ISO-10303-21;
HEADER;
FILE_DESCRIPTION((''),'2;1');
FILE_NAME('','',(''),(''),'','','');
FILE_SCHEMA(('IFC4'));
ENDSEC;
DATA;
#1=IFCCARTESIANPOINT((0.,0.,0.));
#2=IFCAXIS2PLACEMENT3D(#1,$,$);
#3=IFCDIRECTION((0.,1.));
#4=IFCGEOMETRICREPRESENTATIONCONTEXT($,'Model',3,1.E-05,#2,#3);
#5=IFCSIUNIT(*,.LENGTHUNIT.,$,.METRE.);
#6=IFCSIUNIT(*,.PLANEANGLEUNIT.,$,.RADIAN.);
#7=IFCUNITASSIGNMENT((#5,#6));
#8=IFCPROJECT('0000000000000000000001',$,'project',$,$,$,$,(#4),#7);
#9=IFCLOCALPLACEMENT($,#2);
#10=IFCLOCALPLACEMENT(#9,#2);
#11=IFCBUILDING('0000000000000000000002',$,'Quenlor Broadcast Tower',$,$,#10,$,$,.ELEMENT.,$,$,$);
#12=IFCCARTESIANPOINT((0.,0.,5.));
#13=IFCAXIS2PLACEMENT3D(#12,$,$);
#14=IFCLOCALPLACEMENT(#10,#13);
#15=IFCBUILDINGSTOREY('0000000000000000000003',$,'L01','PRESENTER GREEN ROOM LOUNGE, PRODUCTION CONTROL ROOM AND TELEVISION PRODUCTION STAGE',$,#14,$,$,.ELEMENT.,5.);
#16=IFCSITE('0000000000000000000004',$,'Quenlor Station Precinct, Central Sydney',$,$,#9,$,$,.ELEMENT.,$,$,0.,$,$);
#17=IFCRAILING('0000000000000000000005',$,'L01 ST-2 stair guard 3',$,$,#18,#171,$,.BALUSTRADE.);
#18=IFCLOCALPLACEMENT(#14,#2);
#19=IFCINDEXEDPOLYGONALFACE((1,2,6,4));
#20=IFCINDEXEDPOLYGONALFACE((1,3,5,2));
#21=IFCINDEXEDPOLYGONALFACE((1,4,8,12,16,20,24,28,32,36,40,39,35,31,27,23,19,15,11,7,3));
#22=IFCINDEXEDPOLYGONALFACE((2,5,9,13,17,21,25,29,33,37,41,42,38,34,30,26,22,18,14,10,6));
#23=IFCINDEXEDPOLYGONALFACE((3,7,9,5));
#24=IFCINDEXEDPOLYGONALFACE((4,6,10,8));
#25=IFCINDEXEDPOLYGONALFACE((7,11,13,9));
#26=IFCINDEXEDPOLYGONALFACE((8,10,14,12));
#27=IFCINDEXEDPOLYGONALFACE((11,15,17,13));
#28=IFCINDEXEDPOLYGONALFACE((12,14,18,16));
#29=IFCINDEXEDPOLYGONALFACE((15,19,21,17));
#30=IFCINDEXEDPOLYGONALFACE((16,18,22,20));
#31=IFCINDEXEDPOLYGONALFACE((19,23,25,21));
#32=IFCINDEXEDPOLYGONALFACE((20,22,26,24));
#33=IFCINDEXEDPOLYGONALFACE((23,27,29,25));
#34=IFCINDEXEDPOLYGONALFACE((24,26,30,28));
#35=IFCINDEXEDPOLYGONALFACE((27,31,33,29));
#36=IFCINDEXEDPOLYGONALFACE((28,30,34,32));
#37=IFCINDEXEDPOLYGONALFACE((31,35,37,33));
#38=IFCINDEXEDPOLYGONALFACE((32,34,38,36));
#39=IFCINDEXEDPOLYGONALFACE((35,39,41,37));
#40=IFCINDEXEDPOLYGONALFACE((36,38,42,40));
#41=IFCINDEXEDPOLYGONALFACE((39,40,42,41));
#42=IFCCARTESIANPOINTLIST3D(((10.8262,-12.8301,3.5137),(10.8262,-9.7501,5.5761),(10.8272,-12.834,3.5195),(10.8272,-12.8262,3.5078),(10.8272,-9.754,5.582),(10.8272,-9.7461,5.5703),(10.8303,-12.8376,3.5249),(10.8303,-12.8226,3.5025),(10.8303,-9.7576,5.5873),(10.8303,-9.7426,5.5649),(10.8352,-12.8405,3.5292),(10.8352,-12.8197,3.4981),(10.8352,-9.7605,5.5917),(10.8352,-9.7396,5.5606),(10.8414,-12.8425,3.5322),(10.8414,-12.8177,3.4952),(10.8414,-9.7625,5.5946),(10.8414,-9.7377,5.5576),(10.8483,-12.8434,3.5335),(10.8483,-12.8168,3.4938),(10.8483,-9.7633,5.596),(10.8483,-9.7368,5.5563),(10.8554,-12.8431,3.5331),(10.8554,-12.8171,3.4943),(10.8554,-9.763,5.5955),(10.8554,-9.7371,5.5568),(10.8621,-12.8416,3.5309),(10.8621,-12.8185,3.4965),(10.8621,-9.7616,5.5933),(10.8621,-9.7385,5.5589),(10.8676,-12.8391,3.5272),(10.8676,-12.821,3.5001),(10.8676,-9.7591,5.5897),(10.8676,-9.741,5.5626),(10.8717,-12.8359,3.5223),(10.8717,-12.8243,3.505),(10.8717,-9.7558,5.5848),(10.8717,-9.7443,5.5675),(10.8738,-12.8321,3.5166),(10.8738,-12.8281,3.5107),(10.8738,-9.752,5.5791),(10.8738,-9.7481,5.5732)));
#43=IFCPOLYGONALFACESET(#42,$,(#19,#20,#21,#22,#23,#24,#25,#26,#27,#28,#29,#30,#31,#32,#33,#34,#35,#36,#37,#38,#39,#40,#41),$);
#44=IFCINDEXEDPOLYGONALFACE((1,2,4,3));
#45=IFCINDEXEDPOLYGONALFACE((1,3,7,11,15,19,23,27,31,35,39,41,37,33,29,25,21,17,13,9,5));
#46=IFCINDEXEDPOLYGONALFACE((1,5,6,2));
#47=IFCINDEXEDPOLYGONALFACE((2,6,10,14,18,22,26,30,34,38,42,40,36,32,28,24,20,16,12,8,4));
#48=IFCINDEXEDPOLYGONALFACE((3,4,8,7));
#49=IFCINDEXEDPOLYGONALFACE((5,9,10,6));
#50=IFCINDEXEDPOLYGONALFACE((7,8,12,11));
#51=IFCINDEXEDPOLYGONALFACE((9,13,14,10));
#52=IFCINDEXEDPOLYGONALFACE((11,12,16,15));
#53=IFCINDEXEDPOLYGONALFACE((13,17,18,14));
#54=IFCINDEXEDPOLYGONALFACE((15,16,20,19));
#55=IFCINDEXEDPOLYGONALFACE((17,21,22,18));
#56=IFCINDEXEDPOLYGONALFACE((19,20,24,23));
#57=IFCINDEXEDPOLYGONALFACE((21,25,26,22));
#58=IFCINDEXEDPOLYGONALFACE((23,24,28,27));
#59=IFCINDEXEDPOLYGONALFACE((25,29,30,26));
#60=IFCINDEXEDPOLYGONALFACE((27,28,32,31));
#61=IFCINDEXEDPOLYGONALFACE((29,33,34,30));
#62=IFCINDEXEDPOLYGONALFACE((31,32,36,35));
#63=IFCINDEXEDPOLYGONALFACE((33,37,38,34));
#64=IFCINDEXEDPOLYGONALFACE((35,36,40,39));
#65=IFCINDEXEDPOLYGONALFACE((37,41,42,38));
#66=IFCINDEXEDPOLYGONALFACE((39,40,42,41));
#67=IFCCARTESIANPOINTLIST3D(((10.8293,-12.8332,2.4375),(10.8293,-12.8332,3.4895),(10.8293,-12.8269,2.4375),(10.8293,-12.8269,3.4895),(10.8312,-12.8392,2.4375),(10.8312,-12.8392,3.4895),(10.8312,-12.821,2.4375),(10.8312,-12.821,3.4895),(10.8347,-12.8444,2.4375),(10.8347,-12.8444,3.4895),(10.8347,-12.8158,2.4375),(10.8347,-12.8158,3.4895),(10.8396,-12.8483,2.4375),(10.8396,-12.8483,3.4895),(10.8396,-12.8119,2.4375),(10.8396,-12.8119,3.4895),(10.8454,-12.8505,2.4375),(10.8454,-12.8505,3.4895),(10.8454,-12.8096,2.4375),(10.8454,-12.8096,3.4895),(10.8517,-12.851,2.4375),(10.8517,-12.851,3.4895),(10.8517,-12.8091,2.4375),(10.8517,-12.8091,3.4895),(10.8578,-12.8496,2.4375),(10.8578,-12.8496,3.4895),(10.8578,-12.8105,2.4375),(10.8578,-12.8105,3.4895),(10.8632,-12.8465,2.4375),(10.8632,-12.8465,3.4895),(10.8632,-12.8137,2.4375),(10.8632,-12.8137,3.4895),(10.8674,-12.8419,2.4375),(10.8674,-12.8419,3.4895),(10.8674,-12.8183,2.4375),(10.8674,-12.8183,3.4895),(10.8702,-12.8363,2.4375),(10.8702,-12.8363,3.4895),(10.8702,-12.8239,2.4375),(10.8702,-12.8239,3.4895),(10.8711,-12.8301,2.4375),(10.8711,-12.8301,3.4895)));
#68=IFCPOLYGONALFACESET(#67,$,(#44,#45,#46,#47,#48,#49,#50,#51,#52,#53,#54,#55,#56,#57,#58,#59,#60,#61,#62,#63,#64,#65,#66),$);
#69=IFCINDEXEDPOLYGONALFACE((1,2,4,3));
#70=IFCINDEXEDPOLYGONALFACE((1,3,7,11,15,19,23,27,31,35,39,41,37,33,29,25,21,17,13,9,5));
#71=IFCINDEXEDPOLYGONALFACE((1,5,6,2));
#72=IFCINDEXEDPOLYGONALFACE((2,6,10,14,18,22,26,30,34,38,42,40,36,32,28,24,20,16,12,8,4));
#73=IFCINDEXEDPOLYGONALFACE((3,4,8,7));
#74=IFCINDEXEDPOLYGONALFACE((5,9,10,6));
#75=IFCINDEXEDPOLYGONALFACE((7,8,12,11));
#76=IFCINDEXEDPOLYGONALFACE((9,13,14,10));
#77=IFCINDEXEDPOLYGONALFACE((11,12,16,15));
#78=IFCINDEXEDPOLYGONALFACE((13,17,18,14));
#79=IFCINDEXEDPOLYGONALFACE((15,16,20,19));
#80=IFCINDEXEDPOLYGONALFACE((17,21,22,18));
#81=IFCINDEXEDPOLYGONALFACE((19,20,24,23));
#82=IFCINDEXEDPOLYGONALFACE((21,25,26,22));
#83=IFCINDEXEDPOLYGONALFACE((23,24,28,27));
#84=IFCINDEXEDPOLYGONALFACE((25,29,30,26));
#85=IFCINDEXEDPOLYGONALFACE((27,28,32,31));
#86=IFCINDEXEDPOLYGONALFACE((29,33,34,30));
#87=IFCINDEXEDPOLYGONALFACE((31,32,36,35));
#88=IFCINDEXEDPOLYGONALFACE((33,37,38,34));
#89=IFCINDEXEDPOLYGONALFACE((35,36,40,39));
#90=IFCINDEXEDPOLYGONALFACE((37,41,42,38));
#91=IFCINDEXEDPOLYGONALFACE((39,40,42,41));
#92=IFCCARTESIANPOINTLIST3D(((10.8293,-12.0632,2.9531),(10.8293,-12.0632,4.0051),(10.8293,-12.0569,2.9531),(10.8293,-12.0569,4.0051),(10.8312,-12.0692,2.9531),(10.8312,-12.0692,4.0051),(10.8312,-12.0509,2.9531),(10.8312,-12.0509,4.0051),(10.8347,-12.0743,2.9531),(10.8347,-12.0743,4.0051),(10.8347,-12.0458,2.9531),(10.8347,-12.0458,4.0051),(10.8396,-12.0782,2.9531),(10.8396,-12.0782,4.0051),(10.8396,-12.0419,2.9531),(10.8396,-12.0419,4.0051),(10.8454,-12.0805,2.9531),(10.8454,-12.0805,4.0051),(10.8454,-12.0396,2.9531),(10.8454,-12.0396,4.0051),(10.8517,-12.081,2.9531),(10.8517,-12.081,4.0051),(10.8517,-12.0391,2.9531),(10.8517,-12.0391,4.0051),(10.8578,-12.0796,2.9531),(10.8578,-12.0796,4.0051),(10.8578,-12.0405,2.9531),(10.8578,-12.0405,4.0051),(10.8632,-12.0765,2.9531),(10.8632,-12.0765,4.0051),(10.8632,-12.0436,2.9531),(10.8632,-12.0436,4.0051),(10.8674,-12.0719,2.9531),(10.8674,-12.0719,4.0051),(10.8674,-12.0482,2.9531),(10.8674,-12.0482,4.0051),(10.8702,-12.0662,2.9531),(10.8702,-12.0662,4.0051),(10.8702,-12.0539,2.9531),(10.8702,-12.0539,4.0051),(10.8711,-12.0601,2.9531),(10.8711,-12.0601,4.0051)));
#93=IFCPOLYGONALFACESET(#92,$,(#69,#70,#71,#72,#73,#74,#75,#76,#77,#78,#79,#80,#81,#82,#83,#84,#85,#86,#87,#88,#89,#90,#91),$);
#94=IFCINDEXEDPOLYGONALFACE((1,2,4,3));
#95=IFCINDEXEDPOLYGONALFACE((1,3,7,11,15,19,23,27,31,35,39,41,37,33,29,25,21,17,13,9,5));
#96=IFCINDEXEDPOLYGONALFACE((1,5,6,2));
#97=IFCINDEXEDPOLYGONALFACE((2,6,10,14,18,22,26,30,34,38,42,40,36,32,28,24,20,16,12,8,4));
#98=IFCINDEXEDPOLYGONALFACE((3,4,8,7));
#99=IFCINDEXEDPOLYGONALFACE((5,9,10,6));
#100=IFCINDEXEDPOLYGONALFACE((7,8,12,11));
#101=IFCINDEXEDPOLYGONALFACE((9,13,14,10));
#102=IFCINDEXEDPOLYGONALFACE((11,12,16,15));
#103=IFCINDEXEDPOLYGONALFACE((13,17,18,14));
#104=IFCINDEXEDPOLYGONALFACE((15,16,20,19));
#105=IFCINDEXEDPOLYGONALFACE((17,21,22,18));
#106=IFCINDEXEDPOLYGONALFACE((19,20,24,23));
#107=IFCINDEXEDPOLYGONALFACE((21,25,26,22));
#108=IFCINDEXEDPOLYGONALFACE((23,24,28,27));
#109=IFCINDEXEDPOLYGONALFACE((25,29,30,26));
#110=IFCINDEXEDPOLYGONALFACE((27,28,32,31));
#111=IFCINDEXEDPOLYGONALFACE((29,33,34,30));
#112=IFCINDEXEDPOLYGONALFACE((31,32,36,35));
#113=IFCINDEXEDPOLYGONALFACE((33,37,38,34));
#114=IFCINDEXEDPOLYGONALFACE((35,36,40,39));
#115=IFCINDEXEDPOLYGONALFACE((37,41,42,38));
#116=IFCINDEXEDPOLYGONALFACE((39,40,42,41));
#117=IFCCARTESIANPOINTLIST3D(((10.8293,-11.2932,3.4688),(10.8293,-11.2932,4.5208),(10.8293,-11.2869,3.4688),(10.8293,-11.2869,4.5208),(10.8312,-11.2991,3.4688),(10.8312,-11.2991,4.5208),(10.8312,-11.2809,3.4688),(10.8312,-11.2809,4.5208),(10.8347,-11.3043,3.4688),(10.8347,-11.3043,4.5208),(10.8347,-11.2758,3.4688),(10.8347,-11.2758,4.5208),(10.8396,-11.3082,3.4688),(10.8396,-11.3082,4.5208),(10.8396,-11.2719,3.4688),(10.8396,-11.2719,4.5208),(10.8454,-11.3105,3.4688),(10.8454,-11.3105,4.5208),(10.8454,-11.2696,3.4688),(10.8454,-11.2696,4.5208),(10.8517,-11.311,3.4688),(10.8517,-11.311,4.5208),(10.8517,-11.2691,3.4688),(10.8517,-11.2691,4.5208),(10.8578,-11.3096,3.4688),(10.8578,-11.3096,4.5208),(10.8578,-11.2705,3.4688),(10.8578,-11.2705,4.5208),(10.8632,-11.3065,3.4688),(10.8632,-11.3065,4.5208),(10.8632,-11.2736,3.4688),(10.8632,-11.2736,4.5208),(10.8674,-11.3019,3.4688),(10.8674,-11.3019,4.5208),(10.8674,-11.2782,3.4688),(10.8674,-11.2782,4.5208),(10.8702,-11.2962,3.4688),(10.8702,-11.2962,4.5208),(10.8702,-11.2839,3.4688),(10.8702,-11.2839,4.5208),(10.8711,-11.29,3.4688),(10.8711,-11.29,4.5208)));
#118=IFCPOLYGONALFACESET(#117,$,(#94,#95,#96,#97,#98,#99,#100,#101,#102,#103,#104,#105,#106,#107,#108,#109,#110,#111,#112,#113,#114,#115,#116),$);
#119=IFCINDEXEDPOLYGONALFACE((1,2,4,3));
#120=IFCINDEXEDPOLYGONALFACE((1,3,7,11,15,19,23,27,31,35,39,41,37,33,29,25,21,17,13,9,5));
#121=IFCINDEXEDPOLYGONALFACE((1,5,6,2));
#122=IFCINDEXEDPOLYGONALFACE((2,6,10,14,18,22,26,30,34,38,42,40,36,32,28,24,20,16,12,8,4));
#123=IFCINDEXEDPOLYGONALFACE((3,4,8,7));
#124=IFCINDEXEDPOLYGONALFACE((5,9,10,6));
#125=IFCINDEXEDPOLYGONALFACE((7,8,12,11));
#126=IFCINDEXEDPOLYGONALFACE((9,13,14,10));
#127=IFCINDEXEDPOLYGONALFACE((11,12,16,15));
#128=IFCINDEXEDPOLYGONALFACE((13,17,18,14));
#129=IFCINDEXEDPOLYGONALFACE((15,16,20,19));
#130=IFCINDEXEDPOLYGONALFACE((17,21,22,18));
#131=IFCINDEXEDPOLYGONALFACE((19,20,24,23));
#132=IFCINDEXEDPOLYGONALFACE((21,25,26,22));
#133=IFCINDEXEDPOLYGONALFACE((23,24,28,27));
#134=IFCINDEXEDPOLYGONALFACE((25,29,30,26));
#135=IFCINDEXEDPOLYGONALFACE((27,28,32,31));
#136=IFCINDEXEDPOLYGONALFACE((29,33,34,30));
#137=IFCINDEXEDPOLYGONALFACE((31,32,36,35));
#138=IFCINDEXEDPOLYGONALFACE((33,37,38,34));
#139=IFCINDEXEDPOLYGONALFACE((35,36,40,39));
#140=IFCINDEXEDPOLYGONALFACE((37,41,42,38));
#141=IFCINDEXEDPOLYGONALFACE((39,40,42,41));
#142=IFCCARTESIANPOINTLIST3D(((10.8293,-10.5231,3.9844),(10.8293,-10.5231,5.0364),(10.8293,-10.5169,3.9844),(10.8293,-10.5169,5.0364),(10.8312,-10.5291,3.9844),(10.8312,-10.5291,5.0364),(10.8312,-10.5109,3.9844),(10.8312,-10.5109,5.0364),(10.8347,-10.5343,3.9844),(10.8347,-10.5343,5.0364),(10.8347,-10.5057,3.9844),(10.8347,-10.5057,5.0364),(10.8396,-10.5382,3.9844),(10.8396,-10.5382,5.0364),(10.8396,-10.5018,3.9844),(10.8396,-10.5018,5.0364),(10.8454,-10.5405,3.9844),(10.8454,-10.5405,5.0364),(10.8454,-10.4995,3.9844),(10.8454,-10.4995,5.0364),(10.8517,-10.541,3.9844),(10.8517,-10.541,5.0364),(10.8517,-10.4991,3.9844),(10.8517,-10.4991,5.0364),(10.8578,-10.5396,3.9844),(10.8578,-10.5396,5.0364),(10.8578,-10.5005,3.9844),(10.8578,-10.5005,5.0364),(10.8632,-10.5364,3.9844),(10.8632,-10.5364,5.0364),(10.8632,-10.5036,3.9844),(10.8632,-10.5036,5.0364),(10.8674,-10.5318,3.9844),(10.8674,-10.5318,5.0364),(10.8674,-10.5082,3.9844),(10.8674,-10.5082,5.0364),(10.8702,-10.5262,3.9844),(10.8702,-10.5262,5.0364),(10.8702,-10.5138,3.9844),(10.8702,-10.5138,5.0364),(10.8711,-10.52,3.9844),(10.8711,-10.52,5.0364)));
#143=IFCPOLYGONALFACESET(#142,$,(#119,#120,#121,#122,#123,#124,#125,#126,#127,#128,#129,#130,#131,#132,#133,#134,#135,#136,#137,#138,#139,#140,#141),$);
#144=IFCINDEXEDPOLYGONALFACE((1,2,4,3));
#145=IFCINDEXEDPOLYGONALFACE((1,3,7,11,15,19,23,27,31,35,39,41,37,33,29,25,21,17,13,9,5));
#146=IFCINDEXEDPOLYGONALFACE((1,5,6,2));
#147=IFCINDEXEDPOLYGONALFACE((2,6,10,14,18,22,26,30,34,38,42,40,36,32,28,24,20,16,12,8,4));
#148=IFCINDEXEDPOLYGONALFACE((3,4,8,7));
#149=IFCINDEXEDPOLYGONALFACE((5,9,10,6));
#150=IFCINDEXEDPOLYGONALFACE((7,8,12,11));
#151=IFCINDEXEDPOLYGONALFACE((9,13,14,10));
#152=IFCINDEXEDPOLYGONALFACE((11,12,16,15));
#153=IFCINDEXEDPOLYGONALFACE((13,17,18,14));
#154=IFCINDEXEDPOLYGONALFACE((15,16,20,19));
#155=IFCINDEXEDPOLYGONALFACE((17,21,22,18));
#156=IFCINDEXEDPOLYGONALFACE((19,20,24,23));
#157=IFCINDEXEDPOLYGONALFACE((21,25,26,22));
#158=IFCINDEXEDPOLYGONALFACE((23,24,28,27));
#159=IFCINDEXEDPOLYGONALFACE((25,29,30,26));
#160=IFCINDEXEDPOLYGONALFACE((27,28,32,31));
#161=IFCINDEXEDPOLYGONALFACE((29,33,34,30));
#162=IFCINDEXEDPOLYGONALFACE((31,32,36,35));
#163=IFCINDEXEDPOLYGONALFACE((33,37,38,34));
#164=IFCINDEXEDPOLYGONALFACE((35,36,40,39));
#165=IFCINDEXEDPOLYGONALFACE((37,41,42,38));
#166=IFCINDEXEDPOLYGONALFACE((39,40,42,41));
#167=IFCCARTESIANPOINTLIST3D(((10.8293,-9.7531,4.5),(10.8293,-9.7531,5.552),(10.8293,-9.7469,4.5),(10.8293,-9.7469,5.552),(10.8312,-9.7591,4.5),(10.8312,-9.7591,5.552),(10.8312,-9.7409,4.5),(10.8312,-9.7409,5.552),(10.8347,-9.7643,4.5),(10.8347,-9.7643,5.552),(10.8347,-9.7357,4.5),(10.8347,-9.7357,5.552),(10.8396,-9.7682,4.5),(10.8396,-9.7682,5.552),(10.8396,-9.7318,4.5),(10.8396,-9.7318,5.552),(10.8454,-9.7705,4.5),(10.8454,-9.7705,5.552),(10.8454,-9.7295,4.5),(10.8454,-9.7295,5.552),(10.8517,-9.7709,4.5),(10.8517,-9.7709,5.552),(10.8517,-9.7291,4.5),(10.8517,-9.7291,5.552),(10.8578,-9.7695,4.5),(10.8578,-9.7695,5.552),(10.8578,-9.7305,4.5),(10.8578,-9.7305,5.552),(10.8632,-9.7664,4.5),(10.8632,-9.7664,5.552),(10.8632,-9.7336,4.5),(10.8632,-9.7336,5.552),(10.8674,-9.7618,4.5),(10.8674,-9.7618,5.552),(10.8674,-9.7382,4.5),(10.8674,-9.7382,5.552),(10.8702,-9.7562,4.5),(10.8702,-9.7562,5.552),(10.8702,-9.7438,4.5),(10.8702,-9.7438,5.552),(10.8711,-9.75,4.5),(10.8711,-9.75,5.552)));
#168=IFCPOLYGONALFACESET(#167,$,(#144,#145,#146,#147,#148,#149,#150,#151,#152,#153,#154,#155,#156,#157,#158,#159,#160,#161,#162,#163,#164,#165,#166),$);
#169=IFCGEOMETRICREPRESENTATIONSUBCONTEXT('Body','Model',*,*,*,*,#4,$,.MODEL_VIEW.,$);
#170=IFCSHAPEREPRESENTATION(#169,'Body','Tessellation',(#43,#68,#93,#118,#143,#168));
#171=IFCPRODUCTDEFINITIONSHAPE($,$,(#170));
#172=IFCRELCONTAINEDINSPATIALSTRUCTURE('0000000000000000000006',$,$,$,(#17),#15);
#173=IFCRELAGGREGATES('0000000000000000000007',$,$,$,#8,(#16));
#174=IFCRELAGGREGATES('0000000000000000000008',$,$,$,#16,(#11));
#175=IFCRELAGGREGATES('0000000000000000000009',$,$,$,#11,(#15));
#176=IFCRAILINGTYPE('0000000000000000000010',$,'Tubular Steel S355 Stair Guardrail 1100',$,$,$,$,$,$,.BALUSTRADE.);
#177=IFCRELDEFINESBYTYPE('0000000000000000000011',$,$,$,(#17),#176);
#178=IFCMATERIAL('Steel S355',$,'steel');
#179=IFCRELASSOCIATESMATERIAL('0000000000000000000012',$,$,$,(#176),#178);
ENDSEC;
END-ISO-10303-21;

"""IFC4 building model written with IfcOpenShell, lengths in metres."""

from ifc_helpers import new_model, si_unit, direction, frame, origin, origin_2d, place, context, subcontext, project, spatial, circle, extrude, material, type_object, element, save


model = new_model("IFC4")

# Units and contexts
model_context = context("Model", 3, precision=1e-05, world=origin(), true_north=direction((0.0, 1.0)))
body_context = subcontext(model_context, "Body", "Model", "MODEL_VIEW")
ifc_project = project(units=[si_unit("LENGTHUNIT", "METRE"), si_unit("PLANEANGLEUNIT", "RADIAN")], contexts=[model_context])

# Site, building, storey
site_placement = place(None, origin())
site = spatial("IfcSite", under=ifc_project, at=site_placement, Name="Quenlor Station Precinct, Central Sydney", CompositionType="ELEMENT", RefElevation=0.0)
building_placement = place(site_placement, origin())
building = spatial("IfcBuilding", under=site, at=building_placement, Name="Quenlor Broadcast Tower", CompositionType="ELEMENT")
storey_placement = place(building_placement, frame((0.0, 0.0, 5.0)))
storey = spatial("IfcBuildingStorey", under=building, at=storey_placement, Name="L01", Description="PRESENTER GREEN ROOM LOUNGE, PRODUCTION CONTROL ROOM AND TELEVISION PRODUCTION STAGE", CompositionType="ELEMENT", Elevation=5.0)

# Railing
ifc_material_1 = material(Name="Steel S355", Category="steel")
railing_type_1 = type_object("IfcRailingType", Name="Tubular Steel S355 Stair Guardrail 1100", PredefinedType="BALUSTRADE", material=ifc_material_1)
railing_1_placement = place(storey_placement, frame((10.8501, -12.8301, 2.4375)))
element("IfcRailing", 1, at=railing_1_placement, inside=storey, type_object=railing_type_1, Name="L01 ST-2 stair guard 3", PredefinedType="BALUSTRADE", context=body_context, shape_type="SweptSolid", body=[
    extrude(circle(Radius=0.0239, at=origin_2d()), frame((0.0, 0.0, 1.0762), z_axis=(0.0, 0.830914, 0.556401), x_axis=(-1.0, 0.0, 0.0)), (0.0, 0.0, 1.0), 3.7068),
    extrude(circle(Radius=0.021, at=origin_2d()), origin(), (0.0, 0.0, 1.0), 1.052),
    extrude(circle(Radius=0.021, at=origin_2d()), frame((0.0, 0.77, 0.5156)), (0.0, 0.0, 1.0), 1.052),
    extrude(circle(Radius=0.021, at=origin_2d()), frame((0.0, 1.54, 1.0312)), (0.0, 0.0, 1.0), 1.052),
    extrude(circle(Radius=0.021, at=origin_2d()), frame((0.0, 2.3101, 1.5469)), (0.0, 0.0, 1.0), 1.052),
    extrude(circle(Radius=0.021, at=origin_2d()), frame((0.0, 3.0801, 2.0625)), (0.0, 0.0, 1.0), 1.052),
])

save(model, "model.ifc")
